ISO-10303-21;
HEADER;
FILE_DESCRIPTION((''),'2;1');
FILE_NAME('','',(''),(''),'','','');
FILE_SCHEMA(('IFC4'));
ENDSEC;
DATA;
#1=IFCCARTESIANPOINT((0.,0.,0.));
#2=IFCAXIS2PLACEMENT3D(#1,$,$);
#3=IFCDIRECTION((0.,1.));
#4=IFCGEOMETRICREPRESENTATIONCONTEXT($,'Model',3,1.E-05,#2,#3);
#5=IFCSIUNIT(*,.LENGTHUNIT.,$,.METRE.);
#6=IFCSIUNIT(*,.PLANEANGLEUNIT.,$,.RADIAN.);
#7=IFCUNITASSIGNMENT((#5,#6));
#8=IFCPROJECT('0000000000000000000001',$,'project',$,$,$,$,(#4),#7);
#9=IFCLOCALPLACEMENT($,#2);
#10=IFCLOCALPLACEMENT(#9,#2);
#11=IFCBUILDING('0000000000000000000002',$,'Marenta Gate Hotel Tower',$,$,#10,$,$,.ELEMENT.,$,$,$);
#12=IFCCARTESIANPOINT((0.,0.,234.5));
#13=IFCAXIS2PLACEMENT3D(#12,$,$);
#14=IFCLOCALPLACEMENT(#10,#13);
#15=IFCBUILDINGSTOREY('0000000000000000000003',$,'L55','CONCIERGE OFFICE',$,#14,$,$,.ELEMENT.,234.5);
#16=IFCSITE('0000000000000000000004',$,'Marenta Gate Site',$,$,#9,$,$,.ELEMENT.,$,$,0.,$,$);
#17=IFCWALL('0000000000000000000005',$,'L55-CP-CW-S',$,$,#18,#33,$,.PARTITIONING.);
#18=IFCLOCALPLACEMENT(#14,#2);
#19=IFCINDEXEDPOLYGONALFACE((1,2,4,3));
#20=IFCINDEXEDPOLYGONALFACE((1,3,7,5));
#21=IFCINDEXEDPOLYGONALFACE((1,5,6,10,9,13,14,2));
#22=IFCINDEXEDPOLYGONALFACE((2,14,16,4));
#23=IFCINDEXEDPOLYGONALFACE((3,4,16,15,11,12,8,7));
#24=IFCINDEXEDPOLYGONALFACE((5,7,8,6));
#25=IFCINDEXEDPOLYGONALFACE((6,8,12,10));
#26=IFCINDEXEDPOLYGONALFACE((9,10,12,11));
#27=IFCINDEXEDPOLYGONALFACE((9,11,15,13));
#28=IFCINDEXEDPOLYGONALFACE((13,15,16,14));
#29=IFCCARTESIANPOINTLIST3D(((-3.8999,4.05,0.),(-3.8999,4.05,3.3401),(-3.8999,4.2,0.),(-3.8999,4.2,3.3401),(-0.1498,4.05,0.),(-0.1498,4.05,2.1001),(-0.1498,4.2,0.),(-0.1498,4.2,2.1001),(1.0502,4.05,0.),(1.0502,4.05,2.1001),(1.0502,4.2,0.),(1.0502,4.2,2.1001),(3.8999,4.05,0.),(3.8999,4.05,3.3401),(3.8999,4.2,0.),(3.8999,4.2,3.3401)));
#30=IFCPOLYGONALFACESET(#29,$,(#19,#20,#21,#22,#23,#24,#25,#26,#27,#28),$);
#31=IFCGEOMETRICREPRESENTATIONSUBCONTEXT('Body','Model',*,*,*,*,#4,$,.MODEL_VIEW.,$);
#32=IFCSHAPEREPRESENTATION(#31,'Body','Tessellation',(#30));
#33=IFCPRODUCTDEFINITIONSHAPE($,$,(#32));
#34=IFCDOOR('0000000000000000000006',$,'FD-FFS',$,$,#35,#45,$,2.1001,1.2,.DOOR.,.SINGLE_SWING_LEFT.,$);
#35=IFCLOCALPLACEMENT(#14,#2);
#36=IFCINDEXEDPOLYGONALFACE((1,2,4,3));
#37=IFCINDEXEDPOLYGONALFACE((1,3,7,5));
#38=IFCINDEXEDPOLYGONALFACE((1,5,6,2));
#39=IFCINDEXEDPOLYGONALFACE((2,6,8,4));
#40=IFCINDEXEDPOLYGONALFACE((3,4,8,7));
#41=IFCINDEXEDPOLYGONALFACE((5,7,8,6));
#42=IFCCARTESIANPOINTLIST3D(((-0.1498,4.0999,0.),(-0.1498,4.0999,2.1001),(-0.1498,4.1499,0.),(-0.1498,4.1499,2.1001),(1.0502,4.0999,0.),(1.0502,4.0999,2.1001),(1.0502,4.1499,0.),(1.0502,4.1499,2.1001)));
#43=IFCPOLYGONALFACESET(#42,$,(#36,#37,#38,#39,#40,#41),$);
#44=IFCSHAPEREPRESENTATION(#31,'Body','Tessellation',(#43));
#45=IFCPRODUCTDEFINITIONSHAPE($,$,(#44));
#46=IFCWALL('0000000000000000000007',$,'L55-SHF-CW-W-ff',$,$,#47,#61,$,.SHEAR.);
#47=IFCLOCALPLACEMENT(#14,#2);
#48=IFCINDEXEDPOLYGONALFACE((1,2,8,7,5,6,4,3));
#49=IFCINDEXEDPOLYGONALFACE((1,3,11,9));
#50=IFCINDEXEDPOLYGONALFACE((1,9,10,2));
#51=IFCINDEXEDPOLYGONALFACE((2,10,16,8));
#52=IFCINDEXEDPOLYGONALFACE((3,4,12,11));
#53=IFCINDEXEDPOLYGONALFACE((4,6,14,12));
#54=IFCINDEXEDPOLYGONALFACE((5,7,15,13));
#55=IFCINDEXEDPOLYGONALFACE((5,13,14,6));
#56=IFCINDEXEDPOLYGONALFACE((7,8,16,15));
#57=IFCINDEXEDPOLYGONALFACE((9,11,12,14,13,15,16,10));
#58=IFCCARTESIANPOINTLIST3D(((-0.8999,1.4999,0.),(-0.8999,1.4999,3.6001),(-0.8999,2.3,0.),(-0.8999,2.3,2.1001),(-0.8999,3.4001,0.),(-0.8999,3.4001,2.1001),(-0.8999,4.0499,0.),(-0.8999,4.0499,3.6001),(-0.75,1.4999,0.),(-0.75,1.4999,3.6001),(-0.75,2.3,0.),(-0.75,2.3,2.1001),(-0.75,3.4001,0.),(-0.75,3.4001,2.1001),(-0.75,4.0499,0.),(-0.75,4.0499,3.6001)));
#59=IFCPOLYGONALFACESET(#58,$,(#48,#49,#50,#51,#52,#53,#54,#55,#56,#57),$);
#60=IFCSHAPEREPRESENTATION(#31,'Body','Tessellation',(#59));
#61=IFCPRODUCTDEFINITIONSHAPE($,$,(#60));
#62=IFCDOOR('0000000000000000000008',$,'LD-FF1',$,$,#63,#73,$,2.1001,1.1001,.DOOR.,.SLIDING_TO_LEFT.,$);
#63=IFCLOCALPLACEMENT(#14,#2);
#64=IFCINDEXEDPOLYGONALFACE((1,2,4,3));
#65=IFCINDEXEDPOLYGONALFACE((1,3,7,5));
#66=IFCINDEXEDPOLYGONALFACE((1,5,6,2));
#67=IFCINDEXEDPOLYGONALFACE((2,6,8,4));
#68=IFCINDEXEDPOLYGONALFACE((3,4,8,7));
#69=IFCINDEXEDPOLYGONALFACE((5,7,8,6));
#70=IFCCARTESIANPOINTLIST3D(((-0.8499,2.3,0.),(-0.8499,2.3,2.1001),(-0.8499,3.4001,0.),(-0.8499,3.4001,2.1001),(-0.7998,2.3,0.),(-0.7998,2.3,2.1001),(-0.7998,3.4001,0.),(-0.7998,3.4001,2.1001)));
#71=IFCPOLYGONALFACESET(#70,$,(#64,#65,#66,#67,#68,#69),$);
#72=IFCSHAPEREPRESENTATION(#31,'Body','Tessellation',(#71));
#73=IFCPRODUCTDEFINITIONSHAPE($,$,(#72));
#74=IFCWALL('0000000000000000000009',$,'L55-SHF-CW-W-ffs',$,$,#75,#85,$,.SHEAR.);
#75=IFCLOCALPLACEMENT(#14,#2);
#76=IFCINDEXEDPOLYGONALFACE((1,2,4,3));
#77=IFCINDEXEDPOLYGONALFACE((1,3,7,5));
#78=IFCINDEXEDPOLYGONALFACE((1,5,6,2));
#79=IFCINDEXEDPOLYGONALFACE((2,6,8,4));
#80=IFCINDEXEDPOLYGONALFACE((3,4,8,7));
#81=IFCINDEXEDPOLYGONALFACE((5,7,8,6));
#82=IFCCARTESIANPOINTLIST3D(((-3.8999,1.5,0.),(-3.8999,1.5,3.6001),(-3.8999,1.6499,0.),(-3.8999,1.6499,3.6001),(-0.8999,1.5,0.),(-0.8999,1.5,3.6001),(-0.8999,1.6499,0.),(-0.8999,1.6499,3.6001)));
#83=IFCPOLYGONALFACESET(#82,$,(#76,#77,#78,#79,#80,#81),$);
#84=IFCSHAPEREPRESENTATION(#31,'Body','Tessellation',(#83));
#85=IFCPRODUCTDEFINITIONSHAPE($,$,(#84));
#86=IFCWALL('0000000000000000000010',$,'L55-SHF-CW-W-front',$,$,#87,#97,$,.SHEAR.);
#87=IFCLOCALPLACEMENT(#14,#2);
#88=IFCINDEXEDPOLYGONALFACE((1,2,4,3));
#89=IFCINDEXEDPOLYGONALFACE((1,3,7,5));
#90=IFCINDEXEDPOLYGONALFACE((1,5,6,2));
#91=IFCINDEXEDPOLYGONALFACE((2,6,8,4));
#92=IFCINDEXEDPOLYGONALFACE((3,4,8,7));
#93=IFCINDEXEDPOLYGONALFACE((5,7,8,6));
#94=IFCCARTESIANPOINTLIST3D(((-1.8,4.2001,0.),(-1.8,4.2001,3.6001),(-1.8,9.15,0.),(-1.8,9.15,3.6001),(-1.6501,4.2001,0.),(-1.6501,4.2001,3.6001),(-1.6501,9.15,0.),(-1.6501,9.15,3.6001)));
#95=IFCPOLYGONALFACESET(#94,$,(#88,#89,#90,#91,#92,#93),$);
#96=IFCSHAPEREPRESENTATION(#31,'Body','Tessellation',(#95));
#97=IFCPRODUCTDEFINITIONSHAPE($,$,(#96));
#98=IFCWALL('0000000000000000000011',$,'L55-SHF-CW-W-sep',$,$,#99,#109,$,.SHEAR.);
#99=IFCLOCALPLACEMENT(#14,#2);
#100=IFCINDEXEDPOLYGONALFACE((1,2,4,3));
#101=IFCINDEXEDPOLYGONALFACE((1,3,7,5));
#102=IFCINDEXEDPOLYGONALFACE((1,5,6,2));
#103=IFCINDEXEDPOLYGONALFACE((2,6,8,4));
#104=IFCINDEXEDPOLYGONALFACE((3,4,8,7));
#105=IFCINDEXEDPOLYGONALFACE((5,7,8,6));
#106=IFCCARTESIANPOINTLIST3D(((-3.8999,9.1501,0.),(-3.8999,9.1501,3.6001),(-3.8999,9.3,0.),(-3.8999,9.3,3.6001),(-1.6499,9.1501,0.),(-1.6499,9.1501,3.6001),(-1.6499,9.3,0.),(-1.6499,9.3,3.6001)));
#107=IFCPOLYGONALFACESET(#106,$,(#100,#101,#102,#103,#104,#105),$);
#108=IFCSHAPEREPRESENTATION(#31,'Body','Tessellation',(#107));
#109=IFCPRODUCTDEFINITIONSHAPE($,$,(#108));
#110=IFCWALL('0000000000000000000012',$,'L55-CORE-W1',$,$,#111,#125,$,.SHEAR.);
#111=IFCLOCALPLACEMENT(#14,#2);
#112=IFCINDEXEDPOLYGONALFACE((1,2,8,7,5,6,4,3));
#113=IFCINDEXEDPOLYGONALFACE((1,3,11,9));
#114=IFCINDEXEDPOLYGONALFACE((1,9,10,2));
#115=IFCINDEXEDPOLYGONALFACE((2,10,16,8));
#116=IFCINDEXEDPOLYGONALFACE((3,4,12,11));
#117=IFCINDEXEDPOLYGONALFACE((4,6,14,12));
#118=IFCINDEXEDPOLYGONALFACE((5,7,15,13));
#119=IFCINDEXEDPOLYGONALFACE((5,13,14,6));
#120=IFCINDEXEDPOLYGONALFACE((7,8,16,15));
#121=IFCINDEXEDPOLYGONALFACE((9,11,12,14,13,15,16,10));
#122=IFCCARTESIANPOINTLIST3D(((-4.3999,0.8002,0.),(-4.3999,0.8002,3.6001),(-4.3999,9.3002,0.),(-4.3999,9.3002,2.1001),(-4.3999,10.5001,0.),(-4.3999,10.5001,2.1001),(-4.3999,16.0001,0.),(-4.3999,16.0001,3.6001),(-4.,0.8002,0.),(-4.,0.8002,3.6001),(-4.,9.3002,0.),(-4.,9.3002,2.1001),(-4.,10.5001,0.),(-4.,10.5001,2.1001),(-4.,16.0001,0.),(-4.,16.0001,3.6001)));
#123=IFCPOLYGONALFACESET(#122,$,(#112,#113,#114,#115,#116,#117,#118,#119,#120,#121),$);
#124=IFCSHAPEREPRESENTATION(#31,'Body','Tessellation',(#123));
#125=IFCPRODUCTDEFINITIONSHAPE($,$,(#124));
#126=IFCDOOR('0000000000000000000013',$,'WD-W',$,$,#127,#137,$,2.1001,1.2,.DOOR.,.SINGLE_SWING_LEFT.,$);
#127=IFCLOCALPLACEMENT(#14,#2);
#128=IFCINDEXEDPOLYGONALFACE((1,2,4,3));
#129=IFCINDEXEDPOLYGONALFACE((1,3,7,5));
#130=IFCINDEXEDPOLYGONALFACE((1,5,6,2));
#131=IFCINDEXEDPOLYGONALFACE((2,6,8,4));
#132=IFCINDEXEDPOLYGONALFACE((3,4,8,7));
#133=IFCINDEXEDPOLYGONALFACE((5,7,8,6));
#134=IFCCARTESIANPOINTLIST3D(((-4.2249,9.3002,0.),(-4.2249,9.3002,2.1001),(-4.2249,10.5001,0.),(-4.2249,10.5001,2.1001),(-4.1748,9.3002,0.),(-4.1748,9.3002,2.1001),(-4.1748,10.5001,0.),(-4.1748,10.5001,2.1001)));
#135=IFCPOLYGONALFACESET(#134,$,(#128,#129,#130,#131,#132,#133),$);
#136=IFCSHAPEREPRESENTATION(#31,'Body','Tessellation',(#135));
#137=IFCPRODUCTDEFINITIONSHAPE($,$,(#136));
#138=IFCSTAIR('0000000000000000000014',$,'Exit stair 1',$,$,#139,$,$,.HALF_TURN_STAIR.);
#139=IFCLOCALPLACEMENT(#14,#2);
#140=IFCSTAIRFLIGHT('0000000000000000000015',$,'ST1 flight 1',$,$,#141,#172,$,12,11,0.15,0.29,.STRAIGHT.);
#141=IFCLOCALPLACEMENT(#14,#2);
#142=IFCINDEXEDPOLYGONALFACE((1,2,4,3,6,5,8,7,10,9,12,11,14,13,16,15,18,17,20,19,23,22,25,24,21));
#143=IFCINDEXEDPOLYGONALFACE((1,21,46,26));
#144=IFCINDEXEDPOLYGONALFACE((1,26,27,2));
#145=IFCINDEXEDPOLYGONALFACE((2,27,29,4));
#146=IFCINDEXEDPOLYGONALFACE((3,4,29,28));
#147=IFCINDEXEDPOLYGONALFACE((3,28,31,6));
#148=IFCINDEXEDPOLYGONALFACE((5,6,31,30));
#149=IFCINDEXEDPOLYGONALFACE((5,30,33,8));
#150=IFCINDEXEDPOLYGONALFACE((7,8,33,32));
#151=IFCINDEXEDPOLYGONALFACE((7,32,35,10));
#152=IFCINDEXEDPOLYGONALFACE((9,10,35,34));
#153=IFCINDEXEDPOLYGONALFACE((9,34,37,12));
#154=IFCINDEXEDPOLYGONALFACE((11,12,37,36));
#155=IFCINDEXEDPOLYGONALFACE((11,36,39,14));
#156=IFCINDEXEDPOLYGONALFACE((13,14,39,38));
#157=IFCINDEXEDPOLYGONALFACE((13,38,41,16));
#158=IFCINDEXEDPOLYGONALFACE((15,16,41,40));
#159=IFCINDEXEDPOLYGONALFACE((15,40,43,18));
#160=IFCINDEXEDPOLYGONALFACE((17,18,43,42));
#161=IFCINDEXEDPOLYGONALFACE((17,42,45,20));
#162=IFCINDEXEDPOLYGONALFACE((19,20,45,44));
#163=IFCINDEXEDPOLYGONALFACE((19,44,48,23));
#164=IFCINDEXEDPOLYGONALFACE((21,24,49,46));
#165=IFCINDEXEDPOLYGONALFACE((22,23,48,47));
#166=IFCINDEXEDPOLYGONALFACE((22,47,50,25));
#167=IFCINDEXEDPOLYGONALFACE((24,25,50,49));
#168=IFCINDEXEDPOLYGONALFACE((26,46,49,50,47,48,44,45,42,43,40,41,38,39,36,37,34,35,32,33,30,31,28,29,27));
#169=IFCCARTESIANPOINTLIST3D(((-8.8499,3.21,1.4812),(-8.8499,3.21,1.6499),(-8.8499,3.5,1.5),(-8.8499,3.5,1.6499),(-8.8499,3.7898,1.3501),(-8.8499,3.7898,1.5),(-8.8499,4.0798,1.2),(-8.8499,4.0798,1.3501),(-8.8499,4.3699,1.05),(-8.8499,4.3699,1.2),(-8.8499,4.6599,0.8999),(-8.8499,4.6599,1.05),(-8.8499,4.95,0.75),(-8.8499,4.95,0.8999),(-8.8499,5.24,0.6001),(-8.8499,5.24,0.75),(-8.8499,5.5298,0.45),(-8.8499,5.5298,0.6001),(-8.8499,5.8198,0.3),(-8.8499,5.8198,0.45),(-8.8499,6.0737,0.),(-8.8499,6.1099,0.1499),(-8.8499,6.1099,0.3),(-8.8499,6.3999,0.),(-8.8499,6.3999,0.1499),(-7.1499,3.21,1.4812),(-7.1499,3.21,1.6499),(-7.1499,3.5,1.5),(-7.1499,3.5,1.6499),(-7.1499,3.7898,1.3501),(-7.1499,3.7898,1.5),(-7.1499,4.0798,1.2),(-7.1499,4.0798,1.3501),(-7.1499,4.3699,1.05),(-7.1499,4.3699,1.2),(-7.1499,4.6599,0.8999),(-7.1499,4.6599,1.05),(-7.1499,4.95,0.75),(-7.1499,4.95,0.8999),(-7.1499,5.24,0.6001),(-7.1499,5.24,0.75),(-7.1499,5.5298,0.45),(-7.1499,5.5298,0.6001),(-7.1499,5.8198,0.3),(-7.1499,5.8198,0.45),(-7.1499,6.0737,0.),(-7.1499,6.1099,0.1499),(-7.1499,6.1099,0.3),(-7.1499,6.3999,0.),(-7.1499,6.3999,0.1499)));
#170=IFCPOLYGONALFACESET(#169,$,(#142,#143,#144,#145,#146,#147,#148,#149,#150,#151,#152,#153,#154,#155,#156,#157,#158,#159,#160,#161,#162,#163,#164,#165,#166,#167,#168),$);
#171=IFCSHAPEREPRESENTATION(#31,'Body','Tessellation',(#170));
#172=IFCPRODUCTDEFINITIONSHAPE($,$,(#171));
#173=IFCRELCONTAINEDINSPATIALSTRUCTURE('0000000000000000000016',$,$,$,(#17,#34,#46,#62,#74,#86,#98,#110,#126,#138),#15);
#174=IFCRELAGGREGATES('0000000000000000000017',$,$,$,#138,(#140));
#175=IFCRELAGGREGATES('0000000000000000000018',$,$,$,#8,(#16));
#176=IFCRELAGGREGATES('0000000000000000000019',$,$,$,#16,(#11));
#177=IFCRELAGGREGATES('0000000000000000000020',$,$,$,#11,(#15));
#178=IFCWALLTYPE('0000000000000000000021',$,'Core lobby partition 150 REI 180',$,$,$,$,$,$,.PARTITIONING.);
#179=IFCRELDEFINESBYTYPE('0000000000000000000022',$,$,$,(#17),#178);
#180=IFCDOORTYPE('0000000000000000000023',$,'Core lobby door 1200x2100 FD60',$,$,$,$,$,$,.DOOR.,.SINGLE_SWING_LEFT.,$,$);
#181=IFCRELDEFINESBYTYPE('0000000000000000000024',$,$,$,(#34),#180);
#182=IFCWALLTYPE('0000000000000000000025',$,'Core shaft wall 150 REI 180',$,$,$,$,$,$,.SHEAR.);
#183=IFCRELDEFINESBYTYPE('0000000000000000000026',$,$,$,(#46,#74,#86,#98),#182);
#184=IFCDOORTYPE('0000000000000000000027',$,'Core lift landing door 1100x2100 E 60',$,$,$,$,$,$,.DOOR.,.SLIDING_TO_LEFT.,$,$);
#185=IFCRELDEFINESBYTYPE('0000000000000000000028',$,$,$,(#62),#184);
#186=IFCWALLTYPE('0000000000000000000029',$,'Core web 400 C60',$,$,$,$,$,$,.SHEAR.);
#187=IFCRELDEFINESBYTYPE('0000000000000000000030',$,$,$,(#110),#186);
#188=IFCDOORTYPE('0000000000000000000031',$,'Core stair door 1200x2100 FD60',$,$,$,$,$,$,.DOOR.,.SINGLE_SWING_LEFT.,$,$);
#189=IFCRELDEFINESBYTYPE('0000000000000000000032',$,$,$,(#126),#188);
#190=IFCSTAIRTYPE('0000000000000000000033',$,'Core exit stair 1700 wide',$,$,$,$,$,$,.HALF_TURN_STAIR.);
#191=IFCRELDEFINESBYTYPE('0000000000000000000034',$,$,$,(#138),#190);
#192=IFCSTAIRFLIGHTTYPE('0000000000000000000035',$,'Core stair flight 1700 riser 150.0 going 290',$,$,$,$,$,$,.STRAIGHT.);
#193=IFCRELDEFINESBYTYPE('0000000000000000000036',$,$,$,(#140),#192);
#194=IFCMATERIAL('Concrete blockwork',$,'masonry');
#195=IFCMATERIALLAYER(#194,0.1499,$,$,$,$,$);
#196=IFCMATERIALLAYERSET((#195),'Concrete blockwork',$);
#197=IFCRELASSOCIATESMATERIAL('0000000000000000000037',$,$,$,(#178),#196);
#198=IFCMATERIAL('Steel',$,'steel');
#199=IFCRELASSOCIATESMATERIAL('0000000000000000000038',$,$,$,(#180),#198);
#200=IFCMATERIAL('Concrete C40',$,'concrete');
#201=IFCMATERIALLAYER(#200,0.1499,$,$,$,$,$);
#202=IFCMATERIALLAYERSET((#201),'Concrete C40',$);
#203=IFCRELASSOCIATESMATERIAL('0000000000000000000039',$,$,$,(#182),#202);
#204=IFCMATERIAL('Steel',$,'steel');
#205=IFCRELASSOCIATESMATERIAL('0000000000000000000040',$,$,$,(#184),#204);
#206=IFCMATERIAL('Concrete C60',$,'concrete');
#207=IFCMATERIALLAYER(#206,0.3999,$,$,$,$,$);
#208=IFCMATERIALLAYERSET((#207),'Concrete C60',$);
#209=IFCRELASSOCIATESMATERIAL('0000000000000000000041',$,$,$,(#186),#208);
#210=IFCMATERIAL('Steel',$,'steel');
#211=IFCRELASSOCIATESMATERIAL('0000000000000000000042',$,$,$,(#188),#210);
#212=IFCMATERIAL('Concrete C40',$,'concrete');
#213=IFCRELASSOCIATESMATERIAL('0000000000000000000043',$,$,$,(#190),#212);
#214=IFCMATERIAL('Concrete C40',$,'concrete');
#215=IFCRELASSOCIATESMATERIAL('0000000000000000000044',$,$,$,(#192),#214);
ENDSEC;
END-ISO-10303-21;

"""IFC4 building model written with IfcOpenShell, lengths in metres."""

from ifc_helpers import new_model, si_unit, direction, frame, frame_2d, origin, place, context, subcontext, project, spatial, polyline, rectangle, outline, extrude, material, layer, layer_set, type_object, element, fill, aggregate, save


model = new_model("IFC4")

# Units and contexts
model_context = context("Model", 3, precision=1e-05, world=origin(), true_north=direction((0.0, 1.0)))
body_context = subcontext(model_context, "Body", "Model", "MODEL_VIEW")
ifc_project = project(units=[si_unit("LENGTHUNIT", "METRE"), si_unit("PLANEANGLEUNIT", "RADIAN")], contexts=[model_context])

# Site, building, storey
site_placement = place(None, origin())
site = spatial("IfcSite", under=ifc_project, at=site_placement, Name="Marenta Gate Site", CompositionType="ELEMENT", RefElevation=0.0)
building_placement = place(site_placement, origin())
building = spatial("IfcBuilding", under=site, at=building_placement, Name="Marenta Gate Hotel Tower", CompositionType="ELEMENT")
storey_placement = place(building_placement, frame((0.0, 0.0, 234.5)))
storey = spatial("IfcBuildingStorey", under=building, at=storey_placement, Name="L55", Description="CONCIERGE OFFICE", CompositionType="ELEMENT", Elevation=234.5)

# Walls, openings, doors
ifc_material_1 = material(Name="Concrete blockwork", Category="masonry")
ifc_layer_1 = layer(ifc_material_1, 0.1499)
ifc_layer_set_1 = layer_set([ifc_layer_1], Name="Concrete blockwork")
wall_type_1 = type_object("IfcWallType", Name="Core lobby partition 150 REI 180", PredefinedType="PARTITIONING", material=ifc_layer_set_1)
wall_1_placement = place(storey_placement, frame((-3.8999, 4.125, 0.0), z_axis=(0.0, 0.0, 1.0), x_axis=(1.0, 0.0, 0.0)))
wall_1 = element("IfcWall", 1, at=wall_1_placement, inside=storey, type_object=wall_type_1, Name="L55-CP-CW-S", PredefinedType="PARTITIONING", context=body_context, shape_type="SweptSolid", body=[
    extrude(rectangle(XDim=7.7998, YDim=0.1499, at=frame_2d((3.8999, 0.0))), origin(), (0.0, 0.0, 1.0), 3.3401),
])
opening_1_placement = place(wall_1_placement, frame((3.75, 0.0, 0.0)))
opening_1 = element("IfcOpeningElement", 2, at=opening_1_placement, cuts=wall_1, PredefinedType="OPENING", context=body_context, shape_type="SweptSolid", body=[
    extrude(rectangle(XDim=1.2, YDim=2.1001, at=frame_2d((0.6001, 1.05))), frame((0.0, 0.075, 0.0), z_axis=(0.0, -1.0, 0.0), x_axis=(1.0, 0.0, 0.0)), (0.0, 0.0, 1.0), 0.1499),
])
ifc_material_2 = material(Name="Steel", Category="steel")
door_type_1 = type_object("IfcDoorType", Name="Core lobby door 1200x2100 FD60", OperationType="SINGLE_SWING_LEFT", PredefinedType="DOOR", material=ifc_material_2)
door_1_placement = place(opening_1_placement, origin())
door_1 = element("IfcDoor", 3, at=door_1_placement, inside=storey, type_object=door_type_1, Name="FD-FFS", OperationType="SINGLE_SWING_LEFT", OverallHeight=2.1001, OverallWidth=1.2, PredefinedType="DOOR", context=body_context, shape_type="SweptSolid", body=[
    extrude(rectangle(XDim=1.2, YDim=2.1001, at=frame_2d((0.6001, 1.05))), frame((0.0, 0.0249, 0.0), z_axis=(0.0, -1.0, 0.0), x_axis=(1.0, 0.0, 0.0)), (0.0, 0.0, 1.0), 0.05),
])
fill(opening_1, door_1)
ifc_material_3 = material(Name="Concrete C40", Category="concrete")
ifc_layer_2 = layer(ifc_material_3, 0.1499)
ifc_layer_set_2 = layer_set([ifc_layer_2], Name="Concrete C40")
wall_type_2 = type_object("IfcWallType", Name="Core shaft wall 150 REI 180", PredefinedType="SHEAR", material=ifc_layer_set_2)
wall_2_placement = place(storey_placement, frame((-0.825, 1.5, 0.0), z_axis=(0.0, 0.0, 1.0), x_axis=(0.0, 1.0, 0.0)))
wall_2 = element("IfcWall", 4, at=wall_2_placement, inside=storey, type_object=wall_type_2, Name="L55-SHF-CW-W-ff", PredefinedType="SHEAR", context=body_context, shape_type="SweptSolid", body=[
    extrude(rectangle(XDim=2.55, YDim=0.1499, at=frame_2d((1.2749, 0.0))), origin(), (0.0, 0.0, 1.0), 3.6001),
])
opening_2_placement = place(wall_2_placement, frame((0.8, 0.0, 0.0)))
opening_2 = element("IfcOpeningElement", 5, at=opening_2_placement, cuts=wall_2, PredefinedType="OPENING", context=body_context, shape_type="SweptSolid", body=[
    extrude(rectangle(XDim=1.1001, YDim=2.1001, at=frame_2d((0.55, 1.05))), frame((0.0, 0.075, 0.0), z_axis=(0.0, -1.0, 0.0), x_axis=(1.0, 0.0, 0.0)), (0.0, 0.0, 1.0), 0.1499),
])
ifc_material_4 = material(Name="Steel", Category="steel")
door_type_2 = type_object("IfcDoorType", Name="Core lift landing door 1100x2100 E 60", OperationType="SLIDING_TO_LEFT", PredefinedType="DOOR", material=ifc_material_4)
door_2_placement = place(opening_2_placement, origin())
door_2 = element("IfcDoor", 6, at=door_2_placement, inside=storey, type_object=door_type_2, Name="LD-FF1", OperationType="SLIDING_TO_LEFT", OverallHeight=2.1001, OverallWidth=1.1001, PredefinedType="DOOR", context=body_context, shape_type="SweptSolid", body=[
    extrude(rectangle(XDim=1.1001, YDim=2.1001, at=frame_2d((0.55, 1.05))), frame((0.0, 0.0249, 0.0), z_axis=(0.0, -1.0, 0.0), x_axis=(1.0, 0.0, 0.0)), (0.0, 0.0, 1.0), 0.05),
])
fill(opening_2, door_2)

# Walls
wall_3_placement = place(storey_placement, frame((-3.8999, 1.575, 0.0), z_axis=(0.0, 0.0, 1.0), x_axis=(1.0, 0.0, 0.0)))
element("IfcWall", 7, at=wall_3_placement, inside=storey, type_object=wall_type_2, Name="L55-SHF-CW-W-ffs", PredefinedType="SHEAR", context=body_context, shape_type="SweptSolid", body=[
    extrude(rectangle(XDim=3.0, YDim=0.1499, at=frame_2d((1.5, 0.0))), origin(), (0.0, 0.0, 1.0), 3.6001),
])
wall_4_placement = place(storey_placement, frame((-1.7251, 4.2, 0.0), z_axis=(0.0, 0.0, 1.0), x_axis=(0.0, 1.0, 0.0)))
element("IfcWall", 8, at=wall_4_placement, inside=storey, type_object=wall_type_2, Name="L55-SHF-CW-W-front", PredefinedType="SHEAR", context=body_context, shape_type="SweptSolid", body=[
    extrude(rectangle(XDim=4.95, YDim=0.1499, at=frame_2d((2.4751, 0.0))), origin(), (0.0, 0.0, 1.0), 3.6001),
])
wall_5_placement = place(storey_placement, frame((-3.8999, 9.2251, 0.0), z_axis=(0.0, 0.0, 1.0), x_axis=(1.0, 0.0, 0.0)))
element("IfcWall", 9, at=wall_5_placement, inside=storey, type_object=wall_type_2, Name="L55-SHF-CW-W-sep", PredefinedType="SHEAR", context=body_context, shape_type="SweptSolid", body=[
    extrude(rectangle(XDim=2.25, YDim=0.1499, at=frame_2d((1.125, 0.0))), origin(), (0.0, 0.0, 1.0), 3.6001),
])

# Wall, opening, door
ifc_material_5 = material(Name="Concrete C60", Category="concrete")
ifc_layer_3 = layer(ifc_material_5, 0.3999)
ifc_layer_set_3 = layer_set([ifc_layer_3], Name="Concrete C60")
wall_type_3 = type_object("IfcWallType", Name="Core web 400 C60", PredefinedType="SHEAR", material=ifc_layer_set_3)
wall_6_placement = place(storey_placement, frame((-4.2, 0.8, 0.0), z_axis=(0.0, 0.0, 1.0), x_axis=(0.0, 1.0, 0.0)))
wall_6 = element("IfcWall", 10, at=wall_6_placement, inside=storey, type_object=wall_type_3, Name="L55-CORE-W1", PredefinedType="SHEAR", context=body_context, shape_type="SweptSolid", body=[
    extrude(rectangle(XDim=15.2, YDim=0.3999, at=frame_2d((7.6001, 0.0))), origin(), (0.0, 0.0, 1.0), 3.6001),
])
opening_3_placement = place(wall_6_placement, frame((8.5, 0.0, 0.0)))
opening_3 = element("IfcOpeningElement", 11, at=opening_3_placement, cuts=wall_6, PredefinedType="OPENING", context=body_context, shape_type="SweptSolid", body=[
    extrude(rectangle(XDim=1.2, YDim=2.1001, at=frame_2d((0.6001, 1.05))), frame((0.0, 0.2, 0.0), z_axis=(0.0, -1.0, 0.0), x_axis=(1.0, 0.0, 0.0)), (0.0, 0.0, 1.0), 0.3999),
])
ifc_material_6 = material(Name="Steel", Category="steel")
door_type_3 = type_object("IfcDoorType", Name="Core stair door 1200x2100 FD60", OperationType="SINGLE_SWING_LEFT", PredefinedType="DOOR", material=ifc_material_6)
door_3_placement = place(opening_3_placement, origin())
door_3 = element("IfcDoor", 12, at=door_3_placement, inside=storey, type_object=door_type_3, Name="WD-W", OperationType="SINGLE_SWING_LEFT", OverallHeight=2.1001, OverallWidth=1.2, PredefinedType="DOOR", context=body_context, shape_type="SweptSolid", body=[
    extrude(rectangle(XDim=1.2, YDim=2.1001, at=frame_2d((0.6001, 1.05))), frame((0.0, 0.0249, 0.0), z_axis=(0.0, -1.0, 0.0), x_axis=(1.0, 0.0, 0.0)), (0.0, 0.0, 1.0), 0.05),
])
fill(opening_3, door_3)

# Stair, stair flight
ifc_material_7 = material(Name="Concrete C40", Category="concrete")
stair_type = type_object("IfcStairType", Name="Core exit stair 1700 wide", PredefinedType="HALF_TURN_STAIR", material=ifc_material_7)
stair_placement = place(storey_placement, origin())
stair = element("IfcStair", 13, at=stair_placement, inside=storey, type_object=stair_type, Name="Exit stair 1", PredefinedType="HALF_TURN_STAIR")
ifc_material_8 = material(Name="Concrete C40", Category="concrete")
stair_flight_type = type_object("IfcStairFlightType", Name="Core stair flight 1700 riser 150.0 going 290", PredefinedType="STRAIGHT", material=ifc_material_8)
stair_flight_1_placement = place(storey_placement, frame((-8.0, 6.3999, 0.0), z_axis=(0.0, 0.0, 1.0), x_axis=(0.0, -1.0, 0.0)))
stair_flight_1 = element("IfcStairFlight", 14, at=stair_flight_1_placement, type_object=stair_flight_type, Name="ST1 flight 1", NumberOfRisers=12, NumberOfTreads=11, PredefinedType="STRAIGHT", RiserHeight=0.15, TreadLength=0.29, context=body_context, shape_type="SweptSolid", body=[
    extrude(outline(polyline([(0.0, 0.0), (0.0, 0.1499), (0.29, 0.1499), (0.29, 0.3), (0.5801, 0.3), (0.5801, 0.45), (0.8701, 0.45), (0.8701, 0.6001), (1.1599, 0.6001), (1.1599, 0.75), (1.45, 0.75), (1.45, 0.8999), (1.74, 0.8999), (1.74, 1.05), (2.03, 1.05), (2.03, 1.2), (2.3201, 1.2), (2.3201, 1.3501), (2.6101, 1.3501), (2.6101, 1.5), (2.8999, 1.5), (2.8999, 1.6499), (3.1899, 1.6499), (3.1899, 1.8), (3.1899, 1.4812), (0.3262, 0.0), (0.0, 0.0)])), frame((0.0, 0.8501, 0.0), z_axis=(0.0, -1.0, 0.0), x_axis=(1.0, 0.0, 0.0)), (0.0, 0.0, 1.0), 1.7),
])
aggregate(stair, [stair_flight_1])

save(model, "model.ifc")
